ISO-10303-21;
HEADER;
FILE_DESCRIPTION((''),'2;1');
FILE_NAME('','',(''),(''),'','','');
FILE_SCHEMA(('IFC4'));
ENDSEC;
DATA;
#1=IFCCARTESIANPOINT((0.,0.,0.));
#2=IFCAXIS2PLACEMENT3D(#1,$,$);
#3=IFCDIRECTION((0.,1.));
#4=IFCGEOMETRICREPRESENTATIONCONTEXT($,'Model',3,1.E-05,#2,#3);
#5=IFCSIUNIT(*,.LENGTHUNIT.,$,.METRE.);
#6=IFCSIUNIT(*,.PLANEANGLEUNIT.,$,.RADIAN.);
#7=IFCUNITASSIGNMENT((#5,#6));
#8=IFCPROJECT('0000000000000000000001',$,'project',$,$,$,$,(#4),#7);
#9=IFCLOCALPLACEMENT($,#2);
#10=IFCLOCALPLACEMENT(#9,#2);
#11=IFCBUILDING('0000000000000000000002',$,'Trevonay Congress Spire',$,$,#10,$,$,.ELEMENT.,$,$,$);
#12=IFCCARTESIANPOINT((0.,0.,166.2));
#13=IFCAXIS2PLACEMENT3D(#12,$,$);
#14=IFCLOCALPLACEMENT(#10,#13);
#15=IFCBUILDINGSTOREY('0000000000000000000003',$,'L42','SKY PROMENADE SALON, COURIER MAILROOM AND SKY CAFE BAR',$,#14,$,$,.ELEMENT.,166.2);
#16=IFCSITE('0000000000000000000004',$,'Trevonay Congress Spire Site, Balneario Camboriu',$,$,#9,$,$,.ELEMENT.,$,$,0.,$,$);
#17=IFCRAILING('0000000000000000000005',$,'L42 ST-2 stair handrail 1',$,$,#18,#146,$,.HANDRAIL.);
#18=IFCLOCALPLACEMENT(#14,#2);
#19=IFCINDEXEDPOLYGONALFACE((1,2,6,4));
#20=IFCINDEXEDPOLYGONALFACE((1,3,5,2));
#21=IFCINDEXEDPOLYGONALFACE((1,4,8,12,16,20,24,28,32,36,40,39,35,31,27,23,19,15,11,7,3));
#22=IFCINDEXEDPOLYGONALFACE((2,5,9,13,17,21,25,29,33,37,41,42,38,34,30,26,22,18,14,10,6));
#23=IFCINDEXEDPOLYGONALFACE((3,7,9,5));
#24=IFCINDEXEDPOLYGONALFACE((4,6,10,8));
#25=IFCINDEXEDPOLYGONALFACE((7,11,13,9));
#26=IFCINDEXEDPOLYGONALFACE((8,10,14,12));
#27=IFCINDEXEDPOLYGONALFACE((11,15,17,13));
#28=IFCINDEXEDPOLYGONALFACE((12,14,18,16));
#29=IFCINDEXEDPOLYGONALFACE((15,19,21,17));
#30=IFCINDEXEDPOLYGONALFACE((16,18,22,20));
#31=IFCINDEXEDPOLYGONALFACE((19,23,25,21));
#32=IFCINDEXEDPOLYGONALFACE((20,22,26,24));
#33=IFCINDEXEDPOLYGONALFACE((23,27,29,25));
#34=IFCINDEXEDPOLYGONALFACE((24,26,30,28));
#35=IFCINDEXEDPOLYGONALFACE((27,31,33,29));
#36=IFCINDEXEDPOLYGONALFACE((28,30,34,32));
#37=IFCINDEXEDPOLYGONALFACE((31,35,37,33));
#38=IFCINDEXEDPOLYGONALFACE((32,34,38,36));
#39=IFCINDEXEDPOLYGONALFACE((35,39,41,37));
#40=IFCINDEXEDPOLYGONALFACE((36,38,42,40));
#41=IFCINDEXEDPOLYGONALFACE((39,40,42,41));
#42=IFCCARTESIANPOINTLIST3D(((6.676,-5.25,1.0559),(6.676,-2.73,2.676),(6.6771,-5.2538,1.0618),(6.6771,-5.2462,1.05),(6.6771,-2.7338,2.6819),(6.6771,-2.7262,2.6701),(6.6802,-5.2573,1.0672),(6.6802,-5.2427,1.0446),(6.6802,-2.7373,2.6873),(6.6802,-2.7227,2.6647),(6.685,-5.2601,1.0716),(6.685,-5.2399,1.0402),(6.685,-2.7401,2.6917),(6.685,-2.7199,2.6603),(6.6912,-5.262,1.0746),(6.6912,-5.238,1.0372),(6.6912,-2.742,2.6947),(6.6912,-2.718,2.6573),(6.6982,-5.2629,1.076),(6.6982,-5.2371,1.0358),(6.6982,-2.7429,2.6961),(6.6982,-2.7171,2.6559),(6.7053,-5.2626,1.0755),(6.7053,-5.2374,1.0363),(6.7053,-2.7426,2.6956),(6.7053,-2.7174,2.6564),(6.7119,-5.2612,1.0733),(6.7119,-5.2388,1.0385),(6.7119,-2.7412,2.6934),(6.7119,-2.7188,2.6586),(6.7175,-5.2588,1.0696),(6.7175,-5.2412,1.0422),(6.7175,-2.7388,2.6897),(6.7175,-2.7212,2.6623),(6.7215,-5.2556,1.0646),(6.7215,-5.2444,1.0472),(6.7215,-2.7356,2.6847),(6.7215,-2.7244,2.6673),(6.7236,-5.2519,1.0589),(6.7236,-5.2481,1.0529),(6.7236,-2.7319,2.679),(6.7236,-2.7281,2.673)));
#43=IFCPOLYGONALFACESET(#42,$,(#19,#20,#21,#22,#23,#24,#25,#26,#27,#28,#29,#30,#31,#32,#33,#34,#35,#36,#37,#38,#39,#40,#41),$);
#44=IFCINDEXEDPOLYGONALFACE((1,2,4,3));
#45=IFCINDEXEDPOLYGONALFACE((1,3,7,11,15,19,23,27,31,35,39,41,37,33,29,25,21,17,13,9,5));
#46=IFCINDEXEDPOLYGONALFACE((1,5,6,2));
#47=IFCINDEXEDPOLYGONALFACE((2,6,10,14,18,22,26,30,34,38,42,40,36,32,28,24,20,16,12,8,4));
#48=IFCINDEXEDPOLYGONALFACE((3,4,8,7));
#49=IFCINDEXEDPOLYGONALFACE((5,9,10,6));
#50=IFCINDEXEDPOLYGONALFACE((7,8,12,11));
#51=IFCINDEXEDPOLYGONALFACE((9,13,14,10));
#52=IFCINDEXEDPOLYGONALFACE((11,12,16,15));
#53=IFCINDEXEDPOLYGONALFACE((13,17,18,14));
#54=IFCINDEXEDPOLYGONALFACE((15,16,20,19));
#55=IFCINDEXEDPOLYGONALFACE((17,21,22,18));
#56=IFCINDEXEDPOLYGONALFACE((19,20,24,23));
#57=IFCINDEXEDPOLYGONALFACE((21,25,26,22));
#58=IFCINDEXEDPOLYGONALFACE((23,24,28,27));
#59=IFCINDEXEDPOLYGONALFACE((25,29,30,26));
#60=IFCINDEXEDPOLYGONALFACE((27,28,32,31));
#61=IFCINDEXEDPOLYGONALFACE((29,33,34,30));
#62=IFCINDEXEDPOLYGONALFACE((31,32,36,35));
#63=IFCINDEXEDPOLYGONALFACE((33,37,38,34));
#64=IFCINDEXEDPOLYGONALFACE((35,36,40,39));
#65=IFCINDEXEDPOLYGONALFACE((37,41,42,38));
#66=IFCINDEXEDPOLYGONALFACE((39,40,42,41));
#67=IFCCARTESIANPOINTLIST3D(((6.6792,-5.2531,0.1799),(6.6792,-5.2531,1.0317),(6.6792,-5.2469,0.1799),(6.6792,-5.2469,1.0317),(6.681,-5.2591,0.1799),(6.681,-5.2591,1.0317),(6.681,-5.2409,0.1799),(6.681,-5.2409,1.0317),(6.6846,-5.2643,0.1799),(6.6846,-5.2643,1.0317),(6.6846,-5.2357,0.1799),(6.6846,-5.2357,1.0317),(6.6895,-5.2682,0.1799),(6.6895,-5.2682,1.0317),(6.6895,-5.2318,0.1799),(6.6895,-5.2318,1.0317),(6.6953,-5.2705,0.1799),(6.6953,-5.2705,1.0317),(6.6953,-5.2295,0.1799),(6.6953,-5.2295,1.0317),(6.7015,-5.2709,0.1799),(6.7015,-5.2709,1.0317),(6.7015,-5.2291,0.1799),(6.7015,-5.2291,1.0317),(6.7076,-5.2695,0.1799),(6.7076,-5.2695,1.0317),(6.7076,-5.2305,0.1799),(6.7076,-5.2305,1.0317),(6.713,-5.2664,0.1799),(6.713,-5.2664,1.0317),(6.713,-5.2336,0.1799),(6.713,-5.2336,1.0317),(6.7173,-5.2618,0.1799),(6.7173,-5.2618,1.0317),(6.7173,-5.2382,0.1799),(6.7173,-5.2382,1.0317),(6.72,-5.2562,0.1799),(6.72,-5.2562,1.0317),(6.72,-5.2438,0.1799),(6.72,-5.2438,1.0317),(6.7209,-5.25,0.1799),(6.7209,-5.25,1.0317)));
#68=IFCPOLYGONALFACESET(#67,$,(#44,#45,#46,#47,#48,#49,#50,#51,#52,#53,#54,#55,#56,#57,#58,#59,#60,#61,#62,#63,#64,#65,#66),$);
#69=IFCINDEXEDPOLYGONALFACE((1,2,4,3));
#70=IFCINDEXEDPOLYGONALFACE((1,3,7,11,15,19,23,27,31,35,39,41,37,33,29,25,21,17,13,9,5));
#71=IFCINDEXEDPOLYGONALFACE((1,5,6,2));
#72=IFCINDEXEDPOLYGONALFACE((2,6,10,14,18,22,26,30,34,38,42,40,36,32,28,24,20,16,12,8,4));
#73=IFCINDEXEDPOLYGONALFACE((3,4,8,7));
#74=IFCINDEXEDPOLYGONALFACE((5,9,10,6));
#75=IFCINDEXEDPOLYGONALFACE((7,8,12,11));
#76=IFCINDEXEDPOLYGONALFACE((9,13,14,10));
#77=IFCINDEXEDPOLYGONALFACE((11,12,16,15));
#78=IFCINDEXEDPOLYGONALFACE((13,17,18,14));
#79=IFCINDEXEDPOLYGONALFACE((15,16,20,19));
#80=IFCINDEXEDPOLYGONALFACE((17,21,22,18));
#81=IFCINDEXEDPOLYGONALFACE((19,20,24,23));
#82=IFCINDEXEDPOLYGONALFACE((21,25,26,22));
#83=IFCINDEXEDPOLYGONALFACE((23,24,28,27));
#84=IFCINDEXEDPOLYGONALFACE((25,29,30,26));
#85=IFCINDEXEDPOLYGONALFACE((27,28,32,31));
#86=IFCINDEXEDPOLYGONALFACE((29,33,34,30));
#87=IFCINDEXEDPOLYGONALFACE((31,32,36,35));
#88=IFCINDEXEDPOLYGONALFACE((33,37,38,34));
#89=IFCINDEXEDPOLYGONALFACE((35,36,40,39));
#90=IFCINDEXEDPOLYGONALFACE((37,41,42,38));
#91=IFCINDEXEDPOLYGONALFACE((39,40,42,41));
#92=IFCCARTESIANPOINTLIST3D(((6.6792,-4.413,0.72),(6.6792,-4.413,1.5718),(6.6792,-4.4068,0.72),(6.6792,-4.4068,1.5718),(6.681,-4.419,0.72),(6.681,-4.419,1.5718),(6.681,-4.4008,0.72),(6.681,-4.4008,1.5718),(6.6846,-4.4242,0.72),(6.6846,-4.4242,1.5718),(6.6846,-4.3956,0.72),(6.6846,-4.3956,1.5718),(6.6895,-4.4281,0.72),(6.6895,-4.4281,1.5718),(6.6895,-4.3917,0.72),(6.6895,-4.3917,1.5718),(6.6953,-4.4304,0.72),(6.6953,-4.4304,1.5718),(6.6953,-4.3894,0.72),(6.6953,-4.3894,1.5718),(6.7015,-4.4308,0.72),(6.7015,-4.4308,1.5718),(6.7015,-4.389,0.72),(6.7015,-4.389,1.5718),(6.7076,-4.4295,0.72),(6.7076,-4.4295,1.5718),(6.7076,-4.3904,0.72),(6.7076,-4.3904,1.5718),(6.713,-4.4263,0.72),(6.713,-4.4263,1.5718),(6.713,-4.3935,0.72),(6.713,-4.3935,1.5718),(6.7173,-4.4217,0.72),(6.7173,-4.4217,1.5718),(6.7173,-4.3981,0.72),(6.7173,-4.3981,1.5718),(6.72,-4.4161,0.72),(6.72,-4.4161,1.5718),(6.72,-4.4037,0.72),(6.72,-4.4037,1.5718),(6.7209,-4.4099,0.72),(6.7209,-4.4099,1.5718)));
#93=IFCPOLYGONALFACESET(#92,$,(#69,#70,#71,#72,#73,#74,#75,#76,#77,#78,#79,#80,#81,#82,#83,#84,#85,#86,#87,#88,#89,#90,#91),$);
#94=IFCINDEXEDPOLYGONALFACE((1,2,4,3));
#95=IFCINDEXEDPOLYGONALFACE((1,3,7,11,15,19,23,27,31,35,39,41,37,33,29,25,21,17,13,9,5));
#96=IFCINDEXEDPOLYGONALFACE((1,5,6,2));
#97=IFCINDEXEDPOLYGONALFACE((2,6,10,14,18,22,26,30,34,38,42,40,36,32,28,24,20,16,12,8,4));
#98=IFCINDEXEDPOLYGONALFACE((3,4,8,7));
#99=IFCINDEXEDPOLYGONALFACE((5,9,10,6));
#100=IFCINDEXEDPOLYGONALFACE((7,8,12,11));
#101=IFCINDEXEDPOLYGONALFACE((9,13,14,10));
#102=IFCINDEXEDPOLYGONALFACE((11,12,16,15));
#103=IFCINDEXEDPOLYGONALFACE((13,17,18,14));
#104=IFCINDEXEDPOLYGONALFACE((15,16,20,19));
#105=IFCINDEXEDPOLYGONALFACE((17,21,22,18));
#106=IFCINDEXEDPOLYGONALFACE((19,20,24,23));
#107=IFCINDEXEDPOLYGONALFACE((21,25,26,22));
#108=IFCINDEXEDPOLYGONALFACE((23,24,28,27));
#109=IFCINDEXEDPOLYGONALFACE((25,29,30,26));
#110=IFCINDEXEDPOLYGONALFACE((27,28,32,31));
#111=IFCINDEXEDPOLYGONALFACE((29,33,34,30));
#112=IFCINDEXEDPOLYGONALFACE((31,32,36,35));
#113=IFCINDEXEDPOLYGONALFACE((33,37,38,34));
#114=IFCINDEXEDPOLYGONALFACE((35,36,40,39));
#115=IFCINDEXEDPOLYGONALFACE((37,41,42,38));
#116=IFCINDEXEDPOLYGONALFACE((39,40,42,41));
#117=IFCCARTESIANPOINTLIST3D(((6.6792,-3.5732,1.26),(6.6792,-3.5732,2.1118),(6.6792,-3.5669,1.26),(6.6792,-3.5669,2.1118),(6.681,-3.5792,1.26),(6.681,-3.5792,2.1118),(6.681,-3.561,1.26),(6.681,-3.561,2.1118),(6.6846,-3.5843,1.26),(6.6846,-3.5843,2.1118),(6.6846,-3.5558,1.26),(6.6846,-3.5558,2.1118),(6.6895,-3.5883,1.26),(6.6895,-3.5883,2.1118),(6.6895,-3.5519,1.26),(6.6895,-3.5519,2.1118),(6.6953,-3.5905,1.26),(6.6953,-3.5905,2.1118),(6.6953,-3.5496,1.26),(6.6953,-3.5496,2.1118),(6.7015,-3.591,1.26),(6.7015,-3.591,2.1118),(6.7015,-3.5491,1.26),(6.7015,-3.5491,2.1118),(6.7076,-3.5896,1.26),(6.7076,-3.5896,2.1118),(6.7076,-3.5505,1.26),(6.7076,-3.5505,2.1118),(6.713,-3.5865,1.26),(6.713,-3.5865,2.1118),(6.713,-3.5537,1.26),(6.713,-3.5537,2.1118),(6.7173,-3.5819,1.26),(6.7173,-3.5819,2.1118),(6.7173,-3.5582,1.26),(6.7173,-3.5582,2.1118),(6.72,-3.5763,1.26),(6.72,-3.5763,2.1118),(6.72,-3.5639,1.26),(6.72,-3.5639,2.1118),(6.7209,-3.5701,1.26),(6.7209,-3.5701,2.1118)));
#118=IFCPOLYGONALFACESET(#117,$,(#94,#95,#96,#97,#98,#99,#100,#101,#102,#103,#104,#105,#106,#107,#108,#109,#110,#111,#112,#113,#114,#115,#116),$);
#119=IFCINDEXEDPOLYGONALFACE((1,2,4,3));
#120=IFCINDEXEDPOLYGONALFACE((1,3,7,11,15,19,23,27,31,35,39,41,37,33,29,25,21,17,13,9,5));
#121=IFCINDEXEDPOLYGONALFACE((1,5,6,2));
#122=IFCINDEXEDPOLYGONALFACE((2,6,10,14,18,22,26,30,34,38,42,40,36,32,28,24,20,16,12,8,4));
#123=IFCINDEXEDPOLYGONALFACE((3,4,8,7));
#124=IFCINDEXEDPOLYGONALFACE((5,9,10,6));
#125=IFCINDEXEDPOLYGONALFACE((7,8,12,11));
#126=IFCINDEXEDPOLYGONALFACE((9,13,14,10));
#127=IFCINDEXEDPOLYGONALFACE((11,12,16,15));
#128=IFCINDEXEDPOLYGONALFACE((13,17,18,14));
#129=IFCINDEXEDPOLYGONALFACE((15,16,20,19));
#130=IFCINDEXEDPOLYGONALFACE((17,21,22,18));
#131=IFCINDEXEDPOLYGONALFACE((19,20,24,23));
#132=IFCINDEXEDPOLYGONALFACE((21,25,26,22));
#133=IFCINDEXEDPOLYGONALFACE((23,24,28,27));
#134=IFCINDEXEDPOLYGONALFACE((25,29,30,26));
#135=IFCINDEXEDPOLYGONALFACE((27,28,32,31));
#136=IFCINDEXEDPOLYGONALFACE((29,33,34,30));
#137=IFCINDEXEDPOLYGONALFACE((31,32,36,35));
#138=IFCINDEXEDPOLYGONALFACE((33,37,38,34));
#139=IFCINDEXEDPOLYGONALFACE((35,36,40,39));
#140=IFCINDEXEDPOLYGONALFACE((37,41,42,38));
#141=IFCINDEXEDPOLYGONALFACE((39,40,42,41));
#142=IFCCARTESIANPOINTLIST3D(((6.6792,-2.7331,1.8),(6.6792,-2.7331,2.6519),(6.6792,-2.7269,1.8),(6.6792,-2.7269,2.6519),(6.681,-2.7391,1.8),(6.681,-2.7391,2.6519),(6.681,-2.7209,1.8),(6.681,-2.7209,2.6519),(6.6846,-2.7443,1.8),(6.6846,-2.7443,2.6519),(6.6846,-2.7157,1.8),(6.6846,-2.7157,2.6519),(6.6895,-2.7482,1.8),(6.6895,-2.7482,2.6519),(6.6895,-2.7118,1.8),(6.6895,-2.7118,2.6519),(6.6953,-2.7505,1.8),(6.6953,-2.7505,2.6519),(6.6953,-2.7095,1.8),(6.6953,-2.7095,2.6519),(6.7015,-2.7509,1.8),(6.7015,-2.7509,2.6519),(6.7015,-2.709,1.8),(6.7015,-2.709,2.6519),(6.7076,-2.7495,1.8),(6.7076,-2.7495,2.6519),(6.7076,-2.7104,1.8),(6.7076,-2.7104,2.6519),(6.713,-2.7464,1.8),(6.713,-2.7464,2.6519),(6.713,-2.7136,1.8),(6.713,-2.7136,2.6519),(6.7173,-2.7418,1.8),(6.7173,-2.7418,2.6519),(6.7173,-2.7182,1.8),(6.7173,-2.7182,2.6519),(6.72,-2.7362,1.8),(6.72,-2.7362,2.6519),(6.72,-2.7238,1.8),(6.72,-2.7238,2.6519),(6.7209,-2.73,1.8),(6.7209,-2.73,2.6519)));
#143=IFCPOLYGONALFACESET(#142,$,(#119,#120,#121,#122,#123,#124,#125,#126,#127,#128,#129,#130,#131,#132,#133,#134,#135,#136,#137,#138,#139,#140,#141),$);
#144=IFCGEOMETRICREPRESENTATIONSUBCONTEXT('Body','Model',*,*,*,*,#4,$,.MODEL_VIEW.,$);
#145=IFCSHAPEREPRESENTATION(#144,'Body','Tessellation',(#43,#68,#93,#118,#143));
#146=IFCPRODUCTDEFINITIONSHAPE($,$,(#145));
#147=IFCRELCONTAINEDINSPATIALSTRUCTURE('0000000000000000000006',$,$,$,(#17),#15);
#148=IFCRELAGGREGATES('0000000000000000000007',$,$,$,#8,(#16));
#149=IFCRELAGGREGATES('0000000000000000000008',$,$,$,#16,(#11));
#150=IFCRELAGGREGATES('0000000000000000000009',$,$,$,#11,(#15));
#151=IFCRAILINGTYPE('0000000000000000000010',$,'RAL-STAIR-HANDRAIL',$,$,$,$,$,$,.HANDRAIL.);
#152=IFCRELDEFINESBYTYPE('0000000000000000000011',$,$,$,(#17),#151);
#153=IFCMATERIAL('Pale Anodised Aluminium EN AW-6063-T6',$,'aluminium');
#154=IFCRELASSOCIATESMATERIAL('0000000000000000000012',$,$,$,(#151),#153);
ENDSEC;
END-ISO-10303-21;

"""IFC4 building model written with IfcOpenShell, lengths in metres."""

from ifc_helpers import new_model, si_unit, direction, frame, origin, origin_2d, place, context, subcontext, project, spatial, circle, extrude, material, type_object, element, save


model = new_model("IFC4")

# Units and contexts
model_context = context("Model", 3, precision=1e-05, world=origin(), true_north=direction((0.0, 1.0)))
body_context = subcontext(model_context, "Body", "Model", "MODEL_VIEW")
ifc_project = project(units=[si_unit("LENGTHUNIT", "METRE"), si_unit("PLANEANGLEUNIT", "RADIAN")], contexts=[model_context])

# Site, building, storey
site_placement = place(None, origin())
site = spatial("IfcSite", under=ifc_project, at=site_placement, Name="Trevonay Congress Spire Site, Balneario Camboriu", CompositionType="ELEMENT", RefElevation=0.0)
building_placement = place(site_placement, origin())
building = spatial("IfcBuilding", under=site, at=building_placement, Name="Trevonay Congress Spire", CompositionType="ELEMENT")
storey_placement = place(building_placement, frame((0.0, 0.0, 166.2)))
storey = spatial("IfcBuildingStorey", under=building, at=storey_placement, Name="L42", Description="SKY PROMENADE SALON, COURIER MAILROOM AND SKY CAFE BAR", CompositionType="ELEMENT", Elevation=166.2)

# Shared definitions
ifc_material_1 = material(Name="Pale Anodised Aluminium EN AW-6063-T6", Category="aluminium")

# Railing
railing_type_1 = type_object("IfcRailingType", Name="RAL-STAIR-HANDRAIL", PredefinedType="HANDRAIL", material=ifc_material_1)
railing_1_placement = place(storey_placement, frame((6.7, -5.25, 0.1799)))
element("IfcRailing", 1, at=railing_1_placement, inside=storey, type_object=railing_type_1, Name="L42 ST-2 stair handrail 1", PredefinedType="HANDRAIL", context=body_context, shape_type="SweptSolid", body=[
    extrude(circle(Radius=0.0239, at=origin_2d()), frame((0.0, 0.0, 0.876), z_axis=(0.0, 0.841163, 0.540782), x_axis=(-1.0, 0.0, 0.0)), (0.0, 0.0, 1.0), 2.9958),
    extrude(circle(Radius=0.021, at=origin_2d()), origin(), (0.0, 0.0, 1.0), 0.8518),
    extrude(circle(Radius=0.021, at=origin_2d()), frame((0.0, 0.8401, 0.54)), (0.0, 0.0, 1.0), 0.8518),
    extrude(circle(Radius=0.021, at=origin_2d()), frame((0.0, 1.6799, 1.0801)), (0.0, 0.0, 1.0), 0.8518),
    extrude(circle(Radius=0.021, at=origin_2d()), frame((0.0, 2.52, 1.6201)), (0.0, 0.0, 1.0), 0.8518),
])

save(model, "model.ifc")
